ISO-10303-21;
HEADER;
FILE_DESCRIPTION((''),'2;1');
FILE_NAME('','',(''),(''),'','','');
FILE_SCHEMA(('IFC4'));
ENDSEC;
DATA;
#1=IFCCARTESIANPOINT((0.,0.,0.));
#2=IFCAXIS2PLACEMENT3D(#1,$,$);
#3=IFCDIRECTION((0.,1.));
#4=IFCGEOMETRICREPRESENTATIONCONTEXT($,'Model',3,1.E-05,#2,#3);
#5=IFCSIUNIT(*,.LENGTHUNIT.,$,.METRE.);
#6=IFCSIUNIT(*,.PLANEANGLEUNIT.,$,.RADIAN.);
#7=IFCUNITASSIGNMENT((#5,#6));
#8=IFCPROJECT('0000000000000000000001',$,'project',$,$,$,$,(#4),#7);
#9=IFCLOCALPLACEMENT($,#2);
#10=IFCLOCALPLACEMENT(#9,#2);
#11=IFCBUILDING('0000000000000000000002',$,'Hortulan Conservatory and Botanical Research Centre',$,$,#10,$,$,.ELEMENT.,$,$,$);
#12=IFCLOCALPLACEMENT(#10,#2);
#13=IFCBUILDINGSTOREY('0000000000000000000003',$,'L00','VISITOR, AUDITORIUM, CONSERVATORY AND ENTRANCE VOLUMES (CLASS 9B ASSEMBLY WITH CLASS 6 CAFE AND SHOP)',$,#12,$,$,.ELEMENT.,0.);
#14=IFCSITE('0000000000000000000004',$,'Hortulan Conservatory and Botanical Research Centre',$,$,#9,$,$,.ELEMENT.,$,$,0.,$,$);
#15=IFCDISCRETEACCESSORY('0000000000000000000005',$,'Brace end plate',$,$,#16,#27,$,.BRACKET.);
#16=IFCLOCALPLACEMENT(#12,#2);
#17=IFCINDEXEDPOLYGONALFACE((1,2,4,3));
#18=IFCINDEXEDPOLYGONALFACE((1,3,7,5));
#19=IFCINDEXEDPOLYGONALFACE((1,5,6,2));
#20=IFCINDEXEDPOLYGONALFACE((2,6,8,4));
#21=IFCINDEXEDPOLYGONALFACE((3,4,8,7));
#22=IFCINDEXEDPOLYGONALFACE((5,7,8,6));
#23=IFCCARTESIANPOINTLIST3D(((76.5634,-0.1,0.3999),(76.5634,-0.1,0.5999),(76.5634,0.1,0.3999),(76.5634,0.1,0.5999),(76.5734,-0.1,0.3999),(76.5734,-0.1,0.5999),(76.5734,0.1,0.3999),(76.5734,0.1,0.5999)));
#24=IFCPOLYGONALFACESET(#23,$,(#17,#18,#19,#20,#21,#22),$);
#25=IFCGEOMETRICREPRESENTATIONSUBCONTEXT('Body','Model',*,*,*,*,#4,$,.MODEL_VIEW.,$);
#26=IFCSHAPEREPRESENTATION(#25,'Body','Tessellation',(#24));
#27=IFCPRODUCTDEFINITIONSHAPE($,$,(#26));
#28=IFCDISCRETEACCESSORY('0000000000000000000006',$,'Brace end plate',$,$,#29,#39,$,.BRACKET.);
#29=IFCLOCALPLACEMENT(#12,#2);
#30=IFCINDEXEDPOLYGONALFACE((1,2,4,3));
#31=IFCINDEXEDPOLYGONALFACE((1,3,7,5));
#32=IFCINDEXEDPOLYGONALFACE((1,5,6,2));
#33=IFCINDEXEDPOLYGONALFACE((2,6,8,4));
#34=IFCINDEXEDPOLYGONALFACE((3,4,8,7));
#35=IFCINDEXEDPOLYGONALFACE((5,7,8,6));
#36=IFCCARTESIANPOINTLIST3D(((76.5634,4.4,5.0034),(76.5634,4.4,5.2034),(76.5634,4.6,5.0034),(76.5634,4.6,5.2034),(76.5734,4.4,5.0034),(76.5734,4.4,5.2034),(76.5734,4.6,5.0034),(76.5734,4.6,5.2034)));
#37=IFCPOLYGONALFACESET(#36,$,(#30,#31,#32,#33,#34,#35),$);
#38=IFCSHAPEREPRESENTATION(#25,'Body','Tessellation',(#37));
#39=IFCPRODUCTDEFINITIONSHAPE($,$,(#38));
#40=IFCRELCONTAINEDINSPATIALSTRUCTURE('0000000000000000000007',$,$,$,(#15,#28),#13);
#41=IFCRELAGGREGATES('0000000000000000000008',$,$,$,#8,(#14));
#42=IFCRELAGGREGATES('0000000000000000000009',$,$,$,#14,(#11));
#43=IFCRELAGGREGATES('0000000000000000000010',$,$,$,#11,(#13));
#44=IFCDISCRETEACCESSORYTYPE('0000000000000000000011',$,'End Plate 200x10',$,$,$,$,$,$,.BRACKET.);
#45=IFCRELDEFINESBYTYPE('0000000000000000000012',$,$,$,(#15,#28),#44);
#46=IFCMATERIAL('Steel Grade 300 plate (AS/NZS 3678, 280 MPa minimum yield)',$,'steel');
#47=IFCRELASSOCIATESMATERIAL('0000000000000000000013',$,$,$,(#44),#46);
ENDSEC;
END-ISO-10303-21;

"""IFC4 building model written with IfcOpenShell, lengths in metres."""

from ifc_helpers import new_model, si_unit, direction, frame, origin, origin_2d, place, context, subcontext, project, spatial, rectangle, extrude, material, type_object, element, save


model = new_model("IFC4")

# Units and contexts
model_context = context("Model", 3, precision=1e-05, world=origin(), true_north=direction((0.0, 1.0)))
body_context = subcontext(model_context, "Body", "Model", "MODEL_VIEW")
ifc_project = project(units=[si_unit("LENGTHUNIT", "METRE"), si_unit("PLANEANGLEUNIT", "RADIAN")], contexts=[model_context])

# Site, building, storey
site_placement = place(None, origin())
site = spatial("IfcSite", under=ifc_project, at=site_placement, Name="Hortulan Conservatory and Botanical Research Centre", CompositionType="ELEMENT", RefElevation=0.0)
building_placement = place(site_placement, origin())
building = spatial("IfcBuilding", under=site, at=building_placement, Name="Hortulan Conservatory and Botanical Research Centre", CompositionType="ELEMENT")
storey_placement = place(building_placement, origin())
storey = spatial("IfcBuildingStorey", under=building, at=storey_placement, Name="L00", Description="VISITOR, AUDITORIUM, CONSERVATORY AND ENTRANCE VOLUMES (CLASS 9B ASSEMBLY WITH CLASS 6 CAFE AND SHOP)", CompositionType="ELEMENT", Elevation=0.0)

# Discrete accessories
ifc_material_1 = material(Name="Steel Grade 300 plate (AS/NZS 3678, 280 MPa minimum yield)", Category="steel")
discrete_accessory_type_1 = type_object("IfcDiscreteAccessoryType", Name="End Plate 200x10", PredefinedType="BRACKET", material=ifc_material_1)
for number, where, z_axis, x_axis, name in (
    (1, (76.5684, 0.0, 0.3999), (0.0, 0.0, 1.0), (0.0, -1.0, 0.0), "Brace end plate"),
    (2, (76.5684, 4.5, 5.0034), (0.0, 0.0, 1.0), (0.0, -1.0, 0.0), "Brace end plate"),
):
    element("IfcDiscreteAccessory", number, at=place(storey_placement, frame(where, z_axis=z_axis, x_axis=x_axis)), inside=storey, type_object=discrete_accessory_type_1, Name=name, PredefinedType="BRACKET", context=body_context, shape_type="SweptSolid", body=[
        extrude(rectangle(XDim=0.2, YDim=0.01, at=origin_2d()), origin(), (0.0, 0.0, 1.0), 0.2),
    ])

save(model, "model.ifc")
